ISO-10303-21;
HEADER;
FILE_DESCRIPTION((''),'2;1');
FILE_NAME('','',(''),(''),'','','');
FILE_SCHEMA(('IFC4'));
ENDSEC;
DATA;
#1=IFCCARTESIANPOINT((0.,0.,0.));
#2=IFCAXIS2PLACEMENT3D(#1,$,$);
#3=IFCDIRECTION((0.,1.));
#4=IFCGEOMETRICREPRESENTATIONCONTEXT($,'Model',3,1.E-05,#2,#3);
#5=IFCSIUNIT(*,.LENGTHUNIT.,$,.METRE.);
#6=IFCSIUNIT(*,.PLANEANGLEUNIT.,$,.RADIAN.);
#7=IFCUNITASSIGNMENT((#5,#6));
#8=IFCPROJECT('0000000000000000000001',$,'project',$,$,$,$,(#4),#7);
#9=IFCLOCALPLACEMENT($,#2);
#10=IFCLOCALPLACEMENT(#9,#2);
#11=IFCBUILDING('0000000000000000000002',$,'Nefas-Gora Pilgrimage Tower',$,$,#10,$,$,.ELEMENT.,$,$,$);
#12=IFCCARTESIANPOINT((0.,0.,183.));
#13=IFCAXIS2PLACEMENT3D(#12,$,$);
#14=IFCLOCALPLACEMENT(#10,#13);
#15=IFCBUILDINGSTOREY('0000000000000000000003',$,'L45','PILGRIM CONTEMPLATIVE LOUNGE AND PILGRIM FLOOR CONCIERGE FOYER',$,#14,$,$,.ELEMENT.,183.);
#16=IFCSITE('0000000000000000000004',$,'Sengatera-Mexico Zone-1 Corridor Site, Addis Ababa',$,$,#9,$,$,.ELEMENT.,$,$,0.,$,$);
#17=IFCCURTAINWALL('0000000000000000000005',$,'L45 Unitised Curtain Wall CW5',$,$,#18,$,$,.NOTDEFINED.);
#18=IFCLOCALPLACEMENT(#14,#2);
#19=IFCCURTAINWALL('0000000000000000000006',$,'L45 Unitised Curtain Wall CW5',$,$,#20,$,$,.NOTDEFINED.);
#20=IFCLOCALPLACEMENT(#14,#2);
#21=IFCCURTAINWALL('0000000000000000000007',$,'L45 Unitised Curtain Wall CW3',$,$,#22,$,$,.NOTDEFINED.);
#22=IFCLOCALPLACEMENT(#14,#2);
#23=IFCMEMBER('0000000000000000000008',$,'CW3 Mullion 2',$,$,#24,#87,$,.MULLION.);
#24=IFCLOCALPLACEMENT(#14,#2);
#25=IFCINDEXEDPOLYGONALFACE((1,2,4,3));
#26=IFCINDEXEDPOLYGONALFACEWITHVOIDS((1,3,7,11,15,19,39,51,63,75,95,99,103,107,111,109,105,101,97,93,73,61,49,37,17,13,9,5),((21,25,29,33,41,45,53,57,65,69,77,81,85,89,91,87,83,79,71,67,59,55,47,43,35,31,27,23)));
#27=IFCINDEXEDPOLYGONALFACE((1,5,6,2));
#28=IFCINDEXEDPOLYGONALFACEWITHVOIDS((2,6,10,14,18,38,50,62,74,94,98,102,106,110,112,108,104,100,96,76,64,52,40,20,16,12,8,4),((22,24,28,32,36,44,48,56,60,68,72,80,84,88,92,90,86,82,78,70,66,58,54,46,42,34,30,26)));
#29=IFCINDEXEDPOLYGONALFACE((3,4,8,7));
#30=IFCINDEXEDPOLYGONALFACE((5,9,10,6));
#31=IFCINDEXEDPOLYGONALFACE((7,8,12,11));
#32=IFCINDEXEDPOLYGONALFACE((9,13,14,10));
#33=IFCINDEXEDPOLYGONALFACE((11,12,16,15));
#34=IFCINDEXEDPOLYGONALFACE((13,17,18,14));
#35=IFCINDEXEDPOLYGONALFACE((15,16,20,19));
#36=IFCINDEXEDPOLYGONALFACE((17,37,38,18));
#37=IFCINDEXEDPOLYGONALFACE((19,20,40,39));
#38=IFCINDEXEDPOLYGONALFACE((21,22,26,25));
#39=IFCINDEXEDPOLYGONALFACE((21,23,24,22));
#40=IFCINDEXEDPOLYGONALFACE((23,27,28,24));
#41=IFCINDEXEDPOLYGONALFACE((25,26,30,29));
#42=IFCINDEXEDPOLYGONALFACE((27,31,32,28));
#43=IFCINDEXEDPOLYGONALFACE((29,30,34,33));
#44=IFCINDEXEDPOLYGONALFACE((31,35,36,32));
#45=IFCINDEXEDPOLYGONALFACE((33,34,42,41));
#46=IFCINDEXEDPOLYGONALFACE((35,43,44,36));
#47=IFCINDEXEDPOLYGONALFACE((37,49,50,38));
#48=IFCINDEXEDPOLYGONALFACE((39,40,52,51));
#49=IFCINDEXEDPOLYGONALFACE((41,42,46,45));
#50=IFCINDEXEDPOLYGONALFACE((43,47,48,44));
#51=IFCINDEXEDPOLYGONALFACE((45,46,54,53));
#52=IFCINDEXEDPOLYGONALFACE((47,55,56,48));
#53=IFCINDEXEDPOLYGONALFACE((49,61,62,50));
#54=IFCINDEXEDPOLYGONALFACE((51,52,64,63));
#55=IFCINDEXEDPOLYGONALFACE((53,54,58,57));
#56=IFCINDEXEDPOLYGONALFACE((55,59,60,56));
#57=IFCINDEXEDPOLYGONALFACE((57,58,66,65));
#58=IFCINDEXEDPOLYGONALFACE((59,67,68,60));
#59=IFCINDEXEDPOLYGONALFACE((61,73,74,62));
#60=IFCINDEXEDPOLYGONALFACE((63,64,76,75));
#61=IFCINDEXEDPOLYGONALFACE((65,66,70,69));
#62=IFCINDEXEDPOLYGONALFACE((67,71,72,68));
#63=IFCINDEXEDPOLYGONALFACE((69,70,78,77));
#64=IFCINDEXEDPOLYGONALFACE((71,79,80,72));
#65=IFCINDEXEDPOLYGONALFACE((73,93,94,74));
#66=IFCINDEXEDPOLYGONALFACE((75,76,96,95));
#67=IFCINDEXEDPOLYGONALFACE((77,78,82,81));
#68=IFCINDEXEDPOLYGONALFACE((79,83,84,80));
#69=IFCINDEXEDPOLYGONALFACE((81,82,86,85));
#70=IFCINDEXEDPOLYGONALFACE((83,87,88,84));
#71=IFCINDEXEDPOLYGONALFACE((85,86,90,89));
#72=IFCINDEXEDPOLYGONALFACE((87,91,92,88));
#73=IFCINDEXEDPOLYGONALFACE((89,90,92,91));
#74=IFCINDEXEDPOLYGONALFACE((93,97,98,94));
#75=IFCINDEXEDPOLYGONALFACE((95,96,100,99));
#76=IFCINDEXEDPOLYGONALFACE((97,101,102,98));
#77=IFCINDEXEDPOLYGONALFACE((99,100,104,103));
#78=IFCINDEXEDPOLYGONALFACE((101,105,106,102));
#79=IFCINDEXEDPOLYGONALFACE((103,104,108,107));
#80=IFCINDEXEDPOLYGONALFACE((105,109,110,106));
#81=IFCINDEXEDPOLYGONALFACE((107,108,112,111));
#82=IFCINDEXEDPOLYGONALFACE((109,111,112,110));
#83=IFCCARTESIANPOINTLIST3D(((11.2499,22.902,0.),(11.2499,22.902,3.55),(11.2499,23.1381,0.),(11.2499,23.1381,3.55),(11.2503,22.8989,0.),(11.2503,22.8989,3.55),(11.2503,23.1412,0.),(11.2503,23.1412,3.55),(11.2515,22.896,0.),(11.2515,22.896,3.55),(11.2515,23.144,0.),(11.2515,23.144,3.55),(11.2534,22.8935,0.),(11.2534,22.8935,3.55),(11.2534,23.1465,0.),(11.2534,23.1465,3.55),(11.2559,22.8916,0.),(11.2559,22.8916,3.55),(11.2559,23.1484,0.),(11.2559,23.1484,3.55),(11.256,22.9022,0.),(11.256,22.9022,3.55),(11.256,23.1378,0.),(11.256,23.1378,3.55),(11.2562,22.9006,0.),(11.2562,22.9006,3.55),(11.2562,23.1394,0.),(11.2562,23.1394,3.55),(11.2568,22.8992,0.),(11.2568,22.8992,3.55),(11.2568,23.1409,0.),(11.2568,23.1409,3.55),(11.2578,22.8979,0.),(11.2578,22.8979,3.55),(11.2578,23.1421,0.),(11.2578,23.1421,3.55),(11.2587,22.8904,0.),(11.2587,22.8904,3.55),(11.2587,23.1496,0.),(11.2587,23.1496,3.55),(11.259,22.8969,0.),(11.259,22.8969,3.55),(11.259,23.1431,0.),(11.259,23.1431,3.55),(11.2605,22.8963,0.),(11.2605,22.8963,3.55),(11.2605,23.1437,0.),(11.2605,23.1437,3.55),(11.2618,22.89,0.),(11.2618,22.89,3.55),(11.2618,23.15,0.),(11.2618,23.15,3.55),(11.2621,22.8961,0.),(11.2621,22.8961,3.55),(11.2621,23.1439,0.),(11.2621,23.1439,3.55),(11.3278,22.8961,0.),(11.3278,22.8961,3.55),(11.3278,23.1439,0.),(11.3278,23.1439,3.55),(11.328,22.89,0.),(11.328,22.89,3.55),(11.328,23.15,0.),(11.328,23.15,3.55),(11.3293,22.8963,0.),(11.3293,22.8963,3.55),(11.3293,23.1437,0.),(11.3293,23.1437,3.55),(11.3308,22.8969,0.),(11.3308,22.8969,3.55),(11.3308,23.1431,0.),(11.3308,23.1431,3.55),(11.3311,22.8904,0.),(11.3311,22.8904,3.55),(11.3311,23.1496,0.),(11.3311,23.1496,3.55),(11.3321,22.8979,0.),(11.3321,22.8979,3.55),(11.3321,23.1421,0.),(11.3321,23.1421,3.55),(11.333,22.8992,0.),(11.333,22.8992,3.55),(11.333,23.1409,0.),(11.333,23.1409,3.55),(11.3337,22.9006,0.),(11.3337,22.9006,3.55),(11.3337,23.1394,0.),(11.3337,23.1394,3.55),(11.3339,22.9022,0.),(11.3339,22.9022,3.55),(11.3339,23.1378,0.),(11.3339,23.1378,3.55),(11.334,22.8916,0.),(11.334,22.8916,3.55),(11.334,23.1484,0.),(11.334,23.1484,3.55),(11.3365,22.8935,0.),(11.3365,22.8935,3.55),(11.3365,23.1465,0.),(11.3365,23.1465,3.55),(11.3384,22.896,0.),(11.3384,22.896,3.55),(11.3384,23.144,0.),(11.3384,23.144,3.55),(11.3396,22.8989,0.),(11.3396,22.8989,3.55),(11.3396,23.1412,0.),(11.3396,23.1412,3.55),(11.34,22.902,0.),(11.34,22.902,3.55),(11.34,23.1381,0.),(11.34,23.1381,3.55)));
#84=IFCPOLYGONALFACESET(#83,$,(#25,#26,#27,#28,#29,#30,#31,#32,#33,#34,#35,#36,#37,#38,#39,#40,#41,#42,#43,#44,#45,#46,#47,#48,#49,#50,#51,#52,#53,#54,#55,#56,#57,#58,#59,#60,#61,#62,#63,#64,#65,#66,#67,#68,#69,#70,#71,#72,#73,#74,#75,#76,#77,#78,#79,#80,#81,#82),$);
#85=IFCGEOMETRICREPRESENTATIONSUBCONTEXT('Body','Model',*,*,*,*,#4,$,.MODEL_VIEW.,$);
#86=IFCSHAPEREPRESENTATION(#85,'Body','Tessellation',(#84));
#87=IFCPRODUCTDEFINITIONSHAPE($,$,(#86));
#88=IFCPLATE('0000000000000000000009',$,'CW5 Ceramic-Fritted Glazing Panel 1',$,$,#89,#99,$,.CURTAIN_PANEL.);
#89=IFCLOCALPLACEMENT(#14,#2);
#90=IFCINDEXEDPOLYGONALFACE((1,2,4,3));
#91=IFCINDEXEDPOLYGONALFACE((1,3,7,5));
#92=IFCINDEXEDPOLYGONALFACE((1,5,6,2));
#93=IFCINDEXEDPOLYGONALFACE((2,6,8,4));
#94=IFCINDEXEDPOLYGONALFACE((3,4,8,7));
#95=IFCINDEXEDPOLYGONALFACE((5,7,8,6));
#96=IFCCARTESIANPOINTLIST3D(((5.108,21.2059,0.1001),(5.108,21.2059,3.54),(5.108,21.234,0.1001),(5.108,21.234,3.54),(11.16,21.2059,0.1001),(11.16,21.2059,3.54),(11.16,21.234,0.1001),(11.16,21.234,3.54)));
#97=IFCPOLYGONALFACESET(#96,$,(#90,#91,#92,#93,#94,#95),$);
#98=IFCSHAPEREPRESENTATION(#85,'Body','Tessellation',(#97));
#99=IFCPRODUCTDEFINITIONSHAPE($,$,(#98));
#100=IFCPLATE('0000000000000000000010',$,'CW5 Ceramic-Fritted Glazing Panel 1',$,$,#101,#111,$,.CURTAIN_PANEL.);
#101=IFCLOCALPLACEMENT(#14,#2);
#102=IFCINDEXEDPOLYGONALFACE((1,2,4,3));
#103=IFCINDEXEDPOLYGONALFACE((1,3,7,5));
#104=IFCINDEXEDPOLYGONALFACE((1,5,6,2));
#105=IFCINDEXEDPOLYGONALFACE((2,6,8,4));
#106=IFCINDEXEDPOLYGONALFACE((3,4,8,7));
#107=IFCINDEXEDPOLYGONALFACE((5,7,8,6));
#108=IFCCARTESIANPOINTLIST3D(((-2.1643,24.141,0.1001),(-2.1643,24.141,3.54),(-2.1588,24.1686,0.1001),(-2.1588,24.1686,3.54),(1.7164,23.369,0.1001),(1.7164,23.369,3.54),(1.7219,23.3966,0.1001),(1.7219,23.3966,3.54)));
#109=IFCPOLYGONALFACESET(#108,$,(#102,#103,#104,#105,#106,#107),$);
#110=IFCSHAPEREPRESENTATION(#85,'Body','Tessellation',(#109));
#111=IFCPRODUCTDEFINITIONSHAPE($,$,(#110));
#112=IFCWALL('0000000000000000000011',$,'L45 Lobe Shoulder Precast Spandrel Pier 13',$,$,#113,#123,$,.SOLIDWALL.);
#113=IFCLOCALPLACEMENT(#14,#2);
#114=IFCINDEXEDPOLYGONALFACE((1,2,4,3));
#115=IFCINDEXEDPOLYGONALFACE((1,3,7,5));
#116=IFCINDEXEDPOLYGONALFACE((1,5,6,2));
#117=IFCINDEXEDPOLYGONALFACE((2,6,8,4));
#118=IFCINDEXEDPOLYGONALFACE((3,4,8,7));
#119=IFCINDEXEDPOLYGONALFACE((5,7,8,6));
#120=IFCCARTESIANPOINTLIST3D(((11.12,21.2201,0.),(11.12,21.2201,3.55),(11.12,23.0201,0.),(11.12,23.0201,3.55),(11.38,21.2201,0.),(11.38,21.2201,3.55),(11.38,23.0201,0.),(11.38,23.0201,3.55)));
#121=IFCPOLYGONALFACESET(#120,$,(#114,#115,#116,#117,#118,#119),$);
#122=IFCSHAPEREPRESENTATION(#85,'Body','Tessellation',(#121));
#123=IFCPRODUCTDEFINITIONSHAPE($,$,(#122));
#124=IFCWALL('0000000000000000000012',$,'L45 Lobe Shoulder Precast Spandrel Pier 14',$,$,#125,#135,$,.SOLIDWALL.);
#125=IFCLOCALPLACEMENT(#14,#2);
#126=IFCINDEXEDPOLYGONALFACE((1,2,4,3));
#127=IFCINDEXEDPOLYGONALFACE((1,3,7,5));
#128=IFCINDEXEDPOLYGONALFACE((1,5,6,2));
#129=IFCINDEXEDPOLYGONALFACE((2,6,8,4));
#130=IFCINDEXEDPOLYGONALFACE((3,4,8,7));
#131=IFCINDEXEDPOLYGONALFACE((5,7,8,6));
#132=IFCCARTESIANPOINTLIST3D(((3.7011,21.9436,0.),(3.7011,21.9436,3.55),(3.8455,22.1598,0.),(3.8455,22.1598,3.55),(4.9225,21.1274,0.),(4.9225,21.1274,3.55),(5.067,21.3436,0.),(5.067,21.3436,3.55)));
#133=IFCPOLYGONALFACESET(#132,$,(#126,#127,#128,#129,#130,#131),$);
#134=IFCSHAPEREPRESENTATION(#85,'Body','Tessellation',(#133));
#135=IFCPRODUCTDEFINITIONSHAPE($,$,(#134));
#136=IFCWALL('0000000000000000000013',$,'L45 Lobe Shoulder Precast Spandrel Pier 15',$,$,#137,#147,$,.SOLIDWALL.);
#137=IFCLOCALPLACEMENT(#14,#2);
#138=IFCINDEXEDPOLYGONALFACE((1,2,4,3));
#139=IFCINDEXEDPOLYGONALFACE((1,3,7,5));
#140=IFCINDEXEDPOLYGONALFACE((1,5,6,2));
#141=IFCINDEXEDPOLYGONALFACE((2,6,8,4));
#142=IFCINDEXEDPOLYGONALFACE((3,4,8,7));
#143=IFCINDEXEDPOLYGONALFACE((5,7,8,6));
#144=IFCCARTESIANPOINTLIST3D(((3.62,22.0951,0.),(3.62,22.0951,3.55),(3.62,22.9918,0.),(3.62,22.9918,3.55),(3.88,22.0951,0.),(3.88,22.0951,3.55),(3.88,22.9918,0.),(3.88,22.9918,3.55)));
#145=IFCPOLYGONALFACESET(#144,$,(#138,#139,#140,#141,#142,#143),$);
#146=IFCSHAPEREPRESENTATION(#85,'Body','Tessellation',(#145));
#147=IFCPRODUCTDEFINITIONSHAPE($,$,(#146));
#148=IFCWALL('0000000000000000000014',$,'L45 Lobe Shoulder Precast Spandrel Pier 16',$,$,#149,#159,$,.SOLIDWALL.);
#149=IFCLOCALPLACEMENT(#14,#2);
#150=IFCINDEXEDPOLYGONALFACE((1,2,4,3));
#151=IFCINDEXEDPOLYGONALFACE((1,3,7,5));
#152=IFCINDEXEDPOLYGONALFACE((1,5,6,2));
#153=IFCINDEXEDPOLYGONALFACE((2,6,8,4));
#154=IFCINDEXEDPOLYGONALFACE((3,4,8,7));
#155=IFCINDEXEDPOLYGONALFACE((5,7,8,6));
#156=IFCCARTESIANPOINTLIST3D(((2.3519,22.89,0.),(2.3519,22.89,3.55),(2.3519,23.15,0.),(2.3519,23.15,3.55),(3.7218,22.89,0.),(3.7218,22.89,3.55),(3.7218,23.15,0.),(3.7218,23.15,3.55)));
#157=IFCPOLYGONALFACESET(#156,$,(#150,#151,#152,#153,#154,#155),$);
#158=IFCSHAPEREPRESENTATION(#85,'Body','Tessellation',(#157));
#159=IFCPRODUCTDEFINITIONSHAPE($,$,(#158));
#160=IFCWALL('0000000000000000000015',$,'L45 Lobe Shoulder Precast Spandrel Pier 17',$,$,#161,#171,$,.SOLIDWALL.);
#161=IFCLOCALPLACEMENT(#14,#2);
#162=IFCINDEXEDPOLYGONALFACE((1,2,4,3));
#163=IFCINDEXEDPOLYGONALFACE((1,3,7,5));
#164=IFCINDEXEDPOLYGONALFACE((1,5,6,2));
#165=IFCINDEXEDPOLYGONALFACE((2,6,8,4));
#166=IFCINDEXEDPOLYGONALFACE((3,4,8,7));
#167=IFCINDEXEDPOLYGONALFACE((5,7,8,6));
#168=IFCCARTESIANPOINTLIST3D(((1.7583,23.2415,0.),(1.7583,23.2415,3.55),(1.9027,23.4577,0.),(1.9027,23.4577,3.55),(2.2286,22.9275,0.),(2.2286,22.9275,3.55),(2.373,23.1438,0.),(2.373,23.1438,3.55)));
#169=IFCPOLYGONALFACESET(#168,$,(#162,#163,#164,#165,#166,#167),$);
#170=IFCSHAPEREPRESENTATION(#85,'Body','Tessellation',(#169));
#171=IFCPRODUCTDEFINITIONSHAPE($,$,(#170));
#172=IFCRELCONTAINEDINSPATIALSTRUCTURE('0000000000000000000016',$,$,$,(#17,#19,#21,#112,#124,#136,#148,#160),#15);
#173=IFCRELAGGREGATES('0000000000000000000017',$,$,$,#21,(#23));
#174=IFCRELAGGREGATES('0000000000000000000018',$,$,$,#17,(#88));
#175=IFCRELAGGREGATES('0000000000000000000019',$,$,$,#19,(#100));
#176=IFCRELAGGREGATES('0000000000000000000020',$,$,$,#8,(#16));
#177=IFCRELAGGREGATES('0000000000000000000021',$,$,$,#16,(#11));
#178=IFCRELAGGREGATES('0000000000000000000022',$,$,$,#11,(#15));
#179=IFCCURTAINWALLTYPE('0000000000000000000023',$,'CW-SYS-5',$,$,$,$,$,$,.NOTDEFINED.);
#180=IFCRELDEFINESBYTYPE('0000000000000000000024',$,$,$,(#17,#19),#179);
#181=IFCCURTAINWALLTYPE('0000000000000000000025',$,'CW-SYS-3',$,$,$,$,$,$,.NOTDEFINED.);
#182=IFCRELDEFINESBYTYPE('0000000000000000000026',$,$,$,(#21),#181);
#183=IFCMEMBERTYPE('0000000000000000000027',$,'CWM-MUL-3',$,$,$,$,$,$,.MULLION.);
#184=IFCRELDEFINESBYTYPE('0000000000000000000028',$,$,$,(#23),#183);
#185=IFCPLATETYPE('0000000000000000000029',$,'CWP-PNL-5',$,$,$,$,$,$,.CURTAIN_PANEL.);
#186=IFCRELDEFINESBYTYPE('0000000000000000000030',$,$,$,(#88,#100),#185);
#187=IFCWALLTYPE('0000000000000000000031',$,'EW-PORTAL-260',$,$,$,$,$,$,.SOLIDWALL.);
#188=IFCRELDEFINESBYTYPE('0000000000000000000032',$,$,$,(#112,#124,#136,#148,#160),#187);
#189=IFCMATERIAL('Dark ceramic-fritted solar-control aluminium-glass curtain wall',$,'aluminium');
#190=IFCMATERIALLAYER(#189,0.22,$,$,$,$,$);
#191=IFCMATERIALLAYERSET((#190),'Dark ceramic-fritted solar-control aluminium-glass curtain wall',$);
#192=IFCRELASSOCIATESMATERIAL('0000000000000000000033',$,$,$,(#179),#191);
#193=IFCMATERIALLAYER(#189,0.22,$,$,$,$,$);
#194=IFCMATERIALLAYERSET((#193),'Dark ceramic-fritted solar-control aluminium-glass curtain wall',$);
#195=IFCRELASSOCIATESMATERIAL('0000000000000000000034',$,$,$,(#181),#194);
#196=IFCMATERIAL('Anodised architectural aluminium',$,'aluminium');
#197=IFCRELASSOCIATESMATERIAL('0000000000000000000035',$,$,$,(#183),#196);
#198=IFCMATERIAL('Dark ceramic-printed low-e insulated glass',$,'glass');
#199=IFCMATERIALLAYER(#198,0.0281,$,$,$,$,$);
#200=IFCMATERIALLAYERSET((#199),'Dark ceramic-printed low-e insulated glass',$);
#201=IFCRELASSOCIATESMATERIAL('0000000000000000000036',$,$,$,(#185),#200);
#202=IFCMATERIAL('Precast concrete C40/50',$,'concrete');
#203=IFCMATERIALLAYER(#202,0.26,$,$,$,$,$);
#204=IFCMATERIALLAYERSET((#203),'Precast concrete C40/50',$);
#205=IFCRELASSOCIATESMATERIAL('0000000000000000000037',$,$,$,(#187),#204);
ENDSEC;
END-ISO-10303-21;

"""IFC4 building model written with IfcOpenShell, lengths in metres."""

from ifc_helpers import new_model, si_unit, direction, frame, frame_2d, origin, origin_2d, place, context, subcontext, project, spatial, rectangle, hollow_rectangle, extrude, source, transform, mapped, material, layer, layer_set, material_profile, profile_set, type_object, element, aggregate, save


model = new_model("IFC4")

# Units and contexts
model_context = context("Model", 3, precision=1e-05, world=origin(), true_north=direction((0.0, 1.0)))
body_context = subcontext(model_context, "Body", "Model", "MODEL_VIEW")
ifc_project = project(units=[si_unit("LENGTHUNIT", "METRE"), si_unit("PLANEANGLEUNIT", "RADIAN")], contexts=[model_context])

# Site, building, storey
site_placement = place(None, origin())
site = spatial("IfcSite", under=ifc_project, at=site_placement, Name="Sengatera-Mexico Zone-1 Corridor Site, Addis Ababa", CompositionType="ELEMENT", RefElevation=0.0)
building_placement = place(site_placement, origin())
building = spatial("IfcBuilding", under=site, at=building_placement, Name="Nefas-Gora Pilgrimage Tower", CompositionType="ELEMENT")
storey_placement = place(building_placement, frame((0.0, 0.0, 183.0)))
storey = spatial("IfcBuildingStorey", under=building, at=storey_placement, Name="L45", Description="PILGRIM CONTEMPLATIVE LOUNGE AND PILGRIM FLOOR CONCIERGE FOYER", CompositionType="ELEMENT", Elevation=183.0)

# Curtain wall
ifc_material_1 = material(Name="Dark ceramic-fritted solar-control aluminium-glass curtain wall", Category="aluminium")
ifc_layer_1 = layer(ifc_material_1, 0.22)
ifc_layer_set_1 = layer_set([ifc_layer_1], Name="Dark ceramic-fritted solar-control aluminium-glass curtain wall")
curtain_wall_type_1 = type_object("IfcCurtainWallType", Name="CW-SYS-5", PredefinedType="NOTDEFINED", material=ifc_layer_set_1)
curtain_wall_1_placement = place(storey_placement, origin())
curtain_wall_1 = element("IfcCurtainWall", 1, at=curtain_wall_1_placement, inside=storey, type_object=curtain_wall_type_1, Name="L45 Unitised Curtain Wall CW5", PredefinedType="NOTDEFINED")
ifc_material_2 = material(Name="Anodised architectural aluminium", Category="aluminium")

# Curtain wall
curtain_wall_2_placement = place(storey_placement, origin())
curtain_wall_2 = element("IfcCurtainWall", 2, at=curtain_wall_2_placement, inside=storey, type_object=curtain_wall_type_1, Name="L45 Unitised Curtain Wall CW5", PredefinedType="NOTDEFINED")

# Curtain wall, member
ifc_layer_2 = layer(ifc_material_1, 0.22)
ifc_layer_set_2 = layer_set([ifc_layer_2], Name="Dark ceramic-fritted solar-control aluminium-glass curtain wall")
curtain_wall_type_2 = type_object("IfcCurtainWallType", Name="CW-SYS-3", PredefinedType="NOTDEFINED", material=ifc_layer_set_2)
curtain_wall_3_placement = place(storey_placement, origin())
curtain_wall_3 = element("IfcCurtainWall", 3, at=curtain_wall_3_placement, inside=storey, type_object=curtain_wall_type_2, Name="L45 Unitised Curtain Wall CW3", PredefinedType="NOTDEFINED")
ifc_material_profile_1 = material_profile(ifc_material_2, hollow_rectangle(XDim=0.0901, YDim=0.26, WallThickness=0.0061, InnerFilletRadius=0.0061, OuterFilletRadius=0.012, at=origin_2d()), Name="ALU MULLION 90x260")
ifc_profile_set_1 = profile_set([ifc_material_profile_1], Name="Anodised architectural aluminium")
member_type_1 = type_object("IfcMemberType", Name="CWM-MUL-3", PredefinedType="MULLION", material=ifc_profile_set_1)
shared_shape_1 = source(origin(), body_context, "Body", "SweptSolid", [
    extrude(hollow_rectangle(XDim=0.0901, YDim=0.26, WallThickness=0.0061, InnerFilletRadius=0.0061, OuterFilletRadius=0.012, at=origin_2d()), origin(), (0.0, 0.0, 1.0), 3.55),
])
member_1_placement = place(storey_placement, frame((11.2949, 23.02, 0.0), z_axis=(0.0, 0.0, 1.0), x_axis=(-1.0, 0.0, 0.0)))
member_1 = element("IfcMember", 4, at=member_1_placement, type_object=member_type_1, Name="CW3 Mullion 2", PredefinedType="MULLION", context=body_context, shape_type="MappedRepresentation", body=[
    mapped(shared_shape_1, transform((0.0, 0.0, 0.0), x_axis=(1.0, 0.0, 0.0), y_axis=(0.0, 1.0, 0.0), z_axis=(0.0, 0.0, 1.0), scale=1.0)),
])
aggregate(curtain_wall_3, [member_1])

# Plates
ifc_material_3 = material(Name="Dark ceramic-printed low-e insulated glass", Category="glass")
ifc_layer_3 = layer(ifc_material_3, 0.0281)
ifc_layer_set_3 = layer_set([ifc_layer_3], Name="Dark ceramic-printed low-e insulated glass")
plate_type = type_object("IfcPlateType", Name="CWP-PNL-5", PredefinedType="CURTAIN_PANEL", material=ifc_layer_set_3)
shared_shape_2 = source(origin(), body_context, "Body", "SweptSolid", [
    extrude(rectangle(XDim=6.052, YDim=0.0281, at=origin_2d()), origin(), (0.0, 0.0, 1.0), 3.4399),
])
plate_1_placement = place(storey_placement, frame((8.134, 21.22, 0.1001), z_axis=(0.0, 0.0, 1.0), x_axis=(-1.0, 0.0, 0.0)))
plate_1 = element("IfcPlate", 5, at=plate_1_placement, type_object=plate_type, Name="CW5 Ceramic-Fritted Glazing Panel 1", PredefinedType="CURTAIN_PANEL", context=body_context, shape_type="MappedRepresentation", body=[
    mapped(shared_shape_2, transform((0.0, 0.0, 0.0), x_axis=(1.0, 0.0, 0.0), y_axis=(0.0, 1.0, 0.0), z_axis=(0.0, 0.0, 1.0), scale=1.0)),
])
aggregate(curtain_wall_1, [plate_1])
shared_shape_3 = source(origin(), body_context, "Body", "SweptSolid", [
    extrude(rectangle(XDim=3.9568, YDim=0.0281, at=origin_2d()), origin(), (0.0, 0.0, 1.0), 3.4399),
])
plate_2_placement = place(storey_placement, frame((-0.2212, 23.7688, 0.1001), z_axis=(0.0, 0.0, 1.0), x_axis=(-0.980783, 0.195102, 0.0)))
plate_2 = element("IfcPlate", 6, at=plate_2_placement, type_object=plate_type, Name="CW5 Ceramic-Fritted Glazing Panel 1", PredefinedType="CURTAIN_PANEL", context=body_context, shape_type="MappedRepresentation", body=[
    mapped(shared_shape_3, transform((0.0, 0.0, 0.0), x_axis=(1.0, 0.0, 0.0), y_axis=(0.0, 1.0, 0.0), z_axis=(0.0, 0.0, 1.0), scale=1.0)),
])
aggregate(curtain_wall_2, [plate_2])

# Walls
ifc_material_4 = material(Name="Precast concrete C40/50", Category="concrete")
ifc_layer_4 = layer(ifc_material_4, 0.26)
ifc_layer_set_4 = layer_set([ifc_layer_4], Name="Precast concrete C40/50")
wall_type_1 = type_object("IfcWallType", Name="EW-PORTAL-260", PredefinedType="SOLIDWALL", material=ifc_layer_set_4)
shared_shape_4 = source(origin(), body_context, "Body", "SweptSolid", [
    extrude(rectangle(XDim=1.8, YDim=0.26, at=frame_2d((0.8999, 0.0))), origin(), (0.0, 0.0, 1.0), 3.55),
])
wall_1_placement = place(storey_placement, frame((11.25, 23.02, 0.0), z_axis=(0.0, 0.0, 1.0), x_axis=(0.0, -1.0, 0.0)))
element("IfcWall", 7, at=wall_1_placement, inside=storey, type_object=wall_type_1, Name="L45 Lobe Shoulder Precast Spandrel Pier 13", PredefinedType="SOLIDWALL", context=body_context, shape_type="MappedRepresentation", body=[
    mapped(shared_shape_4, transform((0.0, 0.0, 0.0), x_axis=(1.0, 0.0, 0.0), y_axis=(0.0, 1.0, 0.0), z_axis=(0.0, 0.0, 1.0), scale=1.0)),
])
shared_shape_5 = source(origin(), body_context, "Body", "SweptSolid", [
    extrude(rectangle(XDim=1.469, YDim=0.26, at=frame_2d((0.7344, 0.0))), origin(), (0.0, 0.0, 1.0), 3.55),
])
wall_2_placement = place(storey_placement, frame((4.9946, 21.2356, 0.0), z_axis=(0.0, 0.0, 1.0), x_axis=(-0.831462, 0.555582, 0.0)))
element("IfcWall", 8, at=wall_2_placement, inside=storey, type_object=wall_type_1, Name="L45 Lobe Shoulder Precast Spandrel Pier 14", PredefinedType="SOLIDWALL", context=body_context, shape_type="MappedRepresentation", body=[
    mapped(shared_shape_5, transform((0.0, 0.0, 0.0), x_axis=(1.0, 0.0, 0.0), y_axis=(0.0, 1.0, 0.0), z_axis=(0.0, 0.0, 1.0), scale=1.0)),
])
shared_shape_6 = source(origin(), body_context, "Body", "SweptSolid", [
    extrude(rectangle(XDim=0.8967, YDim=0.26, at=frame_2d((0.4482, 0.0))), origin(), (0.0, 0.0, 1.0), 3.55),
])
wall_3_placement = place(storey_placement, frame((3.75, 22.0952, 0.0), z_axis=(0.0, 0.0, 1.0), x_axis=(0.0, 1.0, 0.0)))
element("IfcWall", 9, at=wall_3_placement, inside=storey, type_object=wall_type_1, Name="L45 Lobe Shoulder Precast Spandrel Pier 15", PredefinedType="SOLIDWALL", context=body_context, shape_type="MappedRepresentation", body=[
    mapped(shared_shape_6, transform((0.0, 0.0, 0.0), x_axis=(1.0, 0.0, 0.0), y_axis=(0.0, 1.0, 0.0), z_axis=(0.0, 0.0, 1.0), scale=1.0)),
])
shared_shape_7 = source(origin(), body_context, "Body", "SweptSolid", [
    extrude(rectangle(XDim=1.3699, YDim=0.26, at=frame_2d((0.6851, 0.0))), origin(), (0.0, 0.0, 1.0), 3.55),
])
wall_4_placement = place(storey_placement, frame((3.7219, 23.02, 0.0), z_axis=(0.0, 0.0, 1.0), x_axis=(-1.0, 0.0, 0.0)))
element("IfcWall", 10, at=wall_4_placement, inside=storey, type_object=wall_type_1, Name="L45 Lobe Shoulder Precast Spandrel Pier 16", PredefinedType="SOLIDWALL", context=body_context, shape_type="MappedRepresentation", body=[
    mapped(shared_shape_7, transform((0.0, 0.0, 0.0), x_axis=(1.0, 0.0, 0.0), y_axis=(0.0, 1.0, 0.0), z_axis=(0.0, 0.0, 1.0), scale=1.0)),
])
shared_shape_8 = source(origin(), body_context, "Body", "SweptSolid", [
    extrude(rectangle(XDim=0.5654, YDim=0.26, at=frame_2d((0.2827, 0.0))), origin(), (0.0, 0.0, 1.0), 3.55),
])
wall_5_placement = place(storey_placement, frame((2.3008, 23.0356, 0.0), z_axis=(0.0, 0.0, 1.0), x_axis=(-0.831651, 0.555298, 0.0)))
element("IfcWall", 11, at=wall_5_placement, inside=storey, type_object=wall_type_1, Name="L45 Lobe Shoulder Precast Spandrel Pier 17", PredefinedType="SOLIDWALL", context=body_context, shape_type="MappedRepresentation", body=[
    mapped(shared_shape_8, transform((0.0, 0.0, 0.0), x_axis=(1.0, 0.0, 0.0), y_axis=(0.0, 1.0, 0.0), z_axis=(0.0, 0.0, 1.0), scale=1.0)),
])

save(model, "model.ifc")
